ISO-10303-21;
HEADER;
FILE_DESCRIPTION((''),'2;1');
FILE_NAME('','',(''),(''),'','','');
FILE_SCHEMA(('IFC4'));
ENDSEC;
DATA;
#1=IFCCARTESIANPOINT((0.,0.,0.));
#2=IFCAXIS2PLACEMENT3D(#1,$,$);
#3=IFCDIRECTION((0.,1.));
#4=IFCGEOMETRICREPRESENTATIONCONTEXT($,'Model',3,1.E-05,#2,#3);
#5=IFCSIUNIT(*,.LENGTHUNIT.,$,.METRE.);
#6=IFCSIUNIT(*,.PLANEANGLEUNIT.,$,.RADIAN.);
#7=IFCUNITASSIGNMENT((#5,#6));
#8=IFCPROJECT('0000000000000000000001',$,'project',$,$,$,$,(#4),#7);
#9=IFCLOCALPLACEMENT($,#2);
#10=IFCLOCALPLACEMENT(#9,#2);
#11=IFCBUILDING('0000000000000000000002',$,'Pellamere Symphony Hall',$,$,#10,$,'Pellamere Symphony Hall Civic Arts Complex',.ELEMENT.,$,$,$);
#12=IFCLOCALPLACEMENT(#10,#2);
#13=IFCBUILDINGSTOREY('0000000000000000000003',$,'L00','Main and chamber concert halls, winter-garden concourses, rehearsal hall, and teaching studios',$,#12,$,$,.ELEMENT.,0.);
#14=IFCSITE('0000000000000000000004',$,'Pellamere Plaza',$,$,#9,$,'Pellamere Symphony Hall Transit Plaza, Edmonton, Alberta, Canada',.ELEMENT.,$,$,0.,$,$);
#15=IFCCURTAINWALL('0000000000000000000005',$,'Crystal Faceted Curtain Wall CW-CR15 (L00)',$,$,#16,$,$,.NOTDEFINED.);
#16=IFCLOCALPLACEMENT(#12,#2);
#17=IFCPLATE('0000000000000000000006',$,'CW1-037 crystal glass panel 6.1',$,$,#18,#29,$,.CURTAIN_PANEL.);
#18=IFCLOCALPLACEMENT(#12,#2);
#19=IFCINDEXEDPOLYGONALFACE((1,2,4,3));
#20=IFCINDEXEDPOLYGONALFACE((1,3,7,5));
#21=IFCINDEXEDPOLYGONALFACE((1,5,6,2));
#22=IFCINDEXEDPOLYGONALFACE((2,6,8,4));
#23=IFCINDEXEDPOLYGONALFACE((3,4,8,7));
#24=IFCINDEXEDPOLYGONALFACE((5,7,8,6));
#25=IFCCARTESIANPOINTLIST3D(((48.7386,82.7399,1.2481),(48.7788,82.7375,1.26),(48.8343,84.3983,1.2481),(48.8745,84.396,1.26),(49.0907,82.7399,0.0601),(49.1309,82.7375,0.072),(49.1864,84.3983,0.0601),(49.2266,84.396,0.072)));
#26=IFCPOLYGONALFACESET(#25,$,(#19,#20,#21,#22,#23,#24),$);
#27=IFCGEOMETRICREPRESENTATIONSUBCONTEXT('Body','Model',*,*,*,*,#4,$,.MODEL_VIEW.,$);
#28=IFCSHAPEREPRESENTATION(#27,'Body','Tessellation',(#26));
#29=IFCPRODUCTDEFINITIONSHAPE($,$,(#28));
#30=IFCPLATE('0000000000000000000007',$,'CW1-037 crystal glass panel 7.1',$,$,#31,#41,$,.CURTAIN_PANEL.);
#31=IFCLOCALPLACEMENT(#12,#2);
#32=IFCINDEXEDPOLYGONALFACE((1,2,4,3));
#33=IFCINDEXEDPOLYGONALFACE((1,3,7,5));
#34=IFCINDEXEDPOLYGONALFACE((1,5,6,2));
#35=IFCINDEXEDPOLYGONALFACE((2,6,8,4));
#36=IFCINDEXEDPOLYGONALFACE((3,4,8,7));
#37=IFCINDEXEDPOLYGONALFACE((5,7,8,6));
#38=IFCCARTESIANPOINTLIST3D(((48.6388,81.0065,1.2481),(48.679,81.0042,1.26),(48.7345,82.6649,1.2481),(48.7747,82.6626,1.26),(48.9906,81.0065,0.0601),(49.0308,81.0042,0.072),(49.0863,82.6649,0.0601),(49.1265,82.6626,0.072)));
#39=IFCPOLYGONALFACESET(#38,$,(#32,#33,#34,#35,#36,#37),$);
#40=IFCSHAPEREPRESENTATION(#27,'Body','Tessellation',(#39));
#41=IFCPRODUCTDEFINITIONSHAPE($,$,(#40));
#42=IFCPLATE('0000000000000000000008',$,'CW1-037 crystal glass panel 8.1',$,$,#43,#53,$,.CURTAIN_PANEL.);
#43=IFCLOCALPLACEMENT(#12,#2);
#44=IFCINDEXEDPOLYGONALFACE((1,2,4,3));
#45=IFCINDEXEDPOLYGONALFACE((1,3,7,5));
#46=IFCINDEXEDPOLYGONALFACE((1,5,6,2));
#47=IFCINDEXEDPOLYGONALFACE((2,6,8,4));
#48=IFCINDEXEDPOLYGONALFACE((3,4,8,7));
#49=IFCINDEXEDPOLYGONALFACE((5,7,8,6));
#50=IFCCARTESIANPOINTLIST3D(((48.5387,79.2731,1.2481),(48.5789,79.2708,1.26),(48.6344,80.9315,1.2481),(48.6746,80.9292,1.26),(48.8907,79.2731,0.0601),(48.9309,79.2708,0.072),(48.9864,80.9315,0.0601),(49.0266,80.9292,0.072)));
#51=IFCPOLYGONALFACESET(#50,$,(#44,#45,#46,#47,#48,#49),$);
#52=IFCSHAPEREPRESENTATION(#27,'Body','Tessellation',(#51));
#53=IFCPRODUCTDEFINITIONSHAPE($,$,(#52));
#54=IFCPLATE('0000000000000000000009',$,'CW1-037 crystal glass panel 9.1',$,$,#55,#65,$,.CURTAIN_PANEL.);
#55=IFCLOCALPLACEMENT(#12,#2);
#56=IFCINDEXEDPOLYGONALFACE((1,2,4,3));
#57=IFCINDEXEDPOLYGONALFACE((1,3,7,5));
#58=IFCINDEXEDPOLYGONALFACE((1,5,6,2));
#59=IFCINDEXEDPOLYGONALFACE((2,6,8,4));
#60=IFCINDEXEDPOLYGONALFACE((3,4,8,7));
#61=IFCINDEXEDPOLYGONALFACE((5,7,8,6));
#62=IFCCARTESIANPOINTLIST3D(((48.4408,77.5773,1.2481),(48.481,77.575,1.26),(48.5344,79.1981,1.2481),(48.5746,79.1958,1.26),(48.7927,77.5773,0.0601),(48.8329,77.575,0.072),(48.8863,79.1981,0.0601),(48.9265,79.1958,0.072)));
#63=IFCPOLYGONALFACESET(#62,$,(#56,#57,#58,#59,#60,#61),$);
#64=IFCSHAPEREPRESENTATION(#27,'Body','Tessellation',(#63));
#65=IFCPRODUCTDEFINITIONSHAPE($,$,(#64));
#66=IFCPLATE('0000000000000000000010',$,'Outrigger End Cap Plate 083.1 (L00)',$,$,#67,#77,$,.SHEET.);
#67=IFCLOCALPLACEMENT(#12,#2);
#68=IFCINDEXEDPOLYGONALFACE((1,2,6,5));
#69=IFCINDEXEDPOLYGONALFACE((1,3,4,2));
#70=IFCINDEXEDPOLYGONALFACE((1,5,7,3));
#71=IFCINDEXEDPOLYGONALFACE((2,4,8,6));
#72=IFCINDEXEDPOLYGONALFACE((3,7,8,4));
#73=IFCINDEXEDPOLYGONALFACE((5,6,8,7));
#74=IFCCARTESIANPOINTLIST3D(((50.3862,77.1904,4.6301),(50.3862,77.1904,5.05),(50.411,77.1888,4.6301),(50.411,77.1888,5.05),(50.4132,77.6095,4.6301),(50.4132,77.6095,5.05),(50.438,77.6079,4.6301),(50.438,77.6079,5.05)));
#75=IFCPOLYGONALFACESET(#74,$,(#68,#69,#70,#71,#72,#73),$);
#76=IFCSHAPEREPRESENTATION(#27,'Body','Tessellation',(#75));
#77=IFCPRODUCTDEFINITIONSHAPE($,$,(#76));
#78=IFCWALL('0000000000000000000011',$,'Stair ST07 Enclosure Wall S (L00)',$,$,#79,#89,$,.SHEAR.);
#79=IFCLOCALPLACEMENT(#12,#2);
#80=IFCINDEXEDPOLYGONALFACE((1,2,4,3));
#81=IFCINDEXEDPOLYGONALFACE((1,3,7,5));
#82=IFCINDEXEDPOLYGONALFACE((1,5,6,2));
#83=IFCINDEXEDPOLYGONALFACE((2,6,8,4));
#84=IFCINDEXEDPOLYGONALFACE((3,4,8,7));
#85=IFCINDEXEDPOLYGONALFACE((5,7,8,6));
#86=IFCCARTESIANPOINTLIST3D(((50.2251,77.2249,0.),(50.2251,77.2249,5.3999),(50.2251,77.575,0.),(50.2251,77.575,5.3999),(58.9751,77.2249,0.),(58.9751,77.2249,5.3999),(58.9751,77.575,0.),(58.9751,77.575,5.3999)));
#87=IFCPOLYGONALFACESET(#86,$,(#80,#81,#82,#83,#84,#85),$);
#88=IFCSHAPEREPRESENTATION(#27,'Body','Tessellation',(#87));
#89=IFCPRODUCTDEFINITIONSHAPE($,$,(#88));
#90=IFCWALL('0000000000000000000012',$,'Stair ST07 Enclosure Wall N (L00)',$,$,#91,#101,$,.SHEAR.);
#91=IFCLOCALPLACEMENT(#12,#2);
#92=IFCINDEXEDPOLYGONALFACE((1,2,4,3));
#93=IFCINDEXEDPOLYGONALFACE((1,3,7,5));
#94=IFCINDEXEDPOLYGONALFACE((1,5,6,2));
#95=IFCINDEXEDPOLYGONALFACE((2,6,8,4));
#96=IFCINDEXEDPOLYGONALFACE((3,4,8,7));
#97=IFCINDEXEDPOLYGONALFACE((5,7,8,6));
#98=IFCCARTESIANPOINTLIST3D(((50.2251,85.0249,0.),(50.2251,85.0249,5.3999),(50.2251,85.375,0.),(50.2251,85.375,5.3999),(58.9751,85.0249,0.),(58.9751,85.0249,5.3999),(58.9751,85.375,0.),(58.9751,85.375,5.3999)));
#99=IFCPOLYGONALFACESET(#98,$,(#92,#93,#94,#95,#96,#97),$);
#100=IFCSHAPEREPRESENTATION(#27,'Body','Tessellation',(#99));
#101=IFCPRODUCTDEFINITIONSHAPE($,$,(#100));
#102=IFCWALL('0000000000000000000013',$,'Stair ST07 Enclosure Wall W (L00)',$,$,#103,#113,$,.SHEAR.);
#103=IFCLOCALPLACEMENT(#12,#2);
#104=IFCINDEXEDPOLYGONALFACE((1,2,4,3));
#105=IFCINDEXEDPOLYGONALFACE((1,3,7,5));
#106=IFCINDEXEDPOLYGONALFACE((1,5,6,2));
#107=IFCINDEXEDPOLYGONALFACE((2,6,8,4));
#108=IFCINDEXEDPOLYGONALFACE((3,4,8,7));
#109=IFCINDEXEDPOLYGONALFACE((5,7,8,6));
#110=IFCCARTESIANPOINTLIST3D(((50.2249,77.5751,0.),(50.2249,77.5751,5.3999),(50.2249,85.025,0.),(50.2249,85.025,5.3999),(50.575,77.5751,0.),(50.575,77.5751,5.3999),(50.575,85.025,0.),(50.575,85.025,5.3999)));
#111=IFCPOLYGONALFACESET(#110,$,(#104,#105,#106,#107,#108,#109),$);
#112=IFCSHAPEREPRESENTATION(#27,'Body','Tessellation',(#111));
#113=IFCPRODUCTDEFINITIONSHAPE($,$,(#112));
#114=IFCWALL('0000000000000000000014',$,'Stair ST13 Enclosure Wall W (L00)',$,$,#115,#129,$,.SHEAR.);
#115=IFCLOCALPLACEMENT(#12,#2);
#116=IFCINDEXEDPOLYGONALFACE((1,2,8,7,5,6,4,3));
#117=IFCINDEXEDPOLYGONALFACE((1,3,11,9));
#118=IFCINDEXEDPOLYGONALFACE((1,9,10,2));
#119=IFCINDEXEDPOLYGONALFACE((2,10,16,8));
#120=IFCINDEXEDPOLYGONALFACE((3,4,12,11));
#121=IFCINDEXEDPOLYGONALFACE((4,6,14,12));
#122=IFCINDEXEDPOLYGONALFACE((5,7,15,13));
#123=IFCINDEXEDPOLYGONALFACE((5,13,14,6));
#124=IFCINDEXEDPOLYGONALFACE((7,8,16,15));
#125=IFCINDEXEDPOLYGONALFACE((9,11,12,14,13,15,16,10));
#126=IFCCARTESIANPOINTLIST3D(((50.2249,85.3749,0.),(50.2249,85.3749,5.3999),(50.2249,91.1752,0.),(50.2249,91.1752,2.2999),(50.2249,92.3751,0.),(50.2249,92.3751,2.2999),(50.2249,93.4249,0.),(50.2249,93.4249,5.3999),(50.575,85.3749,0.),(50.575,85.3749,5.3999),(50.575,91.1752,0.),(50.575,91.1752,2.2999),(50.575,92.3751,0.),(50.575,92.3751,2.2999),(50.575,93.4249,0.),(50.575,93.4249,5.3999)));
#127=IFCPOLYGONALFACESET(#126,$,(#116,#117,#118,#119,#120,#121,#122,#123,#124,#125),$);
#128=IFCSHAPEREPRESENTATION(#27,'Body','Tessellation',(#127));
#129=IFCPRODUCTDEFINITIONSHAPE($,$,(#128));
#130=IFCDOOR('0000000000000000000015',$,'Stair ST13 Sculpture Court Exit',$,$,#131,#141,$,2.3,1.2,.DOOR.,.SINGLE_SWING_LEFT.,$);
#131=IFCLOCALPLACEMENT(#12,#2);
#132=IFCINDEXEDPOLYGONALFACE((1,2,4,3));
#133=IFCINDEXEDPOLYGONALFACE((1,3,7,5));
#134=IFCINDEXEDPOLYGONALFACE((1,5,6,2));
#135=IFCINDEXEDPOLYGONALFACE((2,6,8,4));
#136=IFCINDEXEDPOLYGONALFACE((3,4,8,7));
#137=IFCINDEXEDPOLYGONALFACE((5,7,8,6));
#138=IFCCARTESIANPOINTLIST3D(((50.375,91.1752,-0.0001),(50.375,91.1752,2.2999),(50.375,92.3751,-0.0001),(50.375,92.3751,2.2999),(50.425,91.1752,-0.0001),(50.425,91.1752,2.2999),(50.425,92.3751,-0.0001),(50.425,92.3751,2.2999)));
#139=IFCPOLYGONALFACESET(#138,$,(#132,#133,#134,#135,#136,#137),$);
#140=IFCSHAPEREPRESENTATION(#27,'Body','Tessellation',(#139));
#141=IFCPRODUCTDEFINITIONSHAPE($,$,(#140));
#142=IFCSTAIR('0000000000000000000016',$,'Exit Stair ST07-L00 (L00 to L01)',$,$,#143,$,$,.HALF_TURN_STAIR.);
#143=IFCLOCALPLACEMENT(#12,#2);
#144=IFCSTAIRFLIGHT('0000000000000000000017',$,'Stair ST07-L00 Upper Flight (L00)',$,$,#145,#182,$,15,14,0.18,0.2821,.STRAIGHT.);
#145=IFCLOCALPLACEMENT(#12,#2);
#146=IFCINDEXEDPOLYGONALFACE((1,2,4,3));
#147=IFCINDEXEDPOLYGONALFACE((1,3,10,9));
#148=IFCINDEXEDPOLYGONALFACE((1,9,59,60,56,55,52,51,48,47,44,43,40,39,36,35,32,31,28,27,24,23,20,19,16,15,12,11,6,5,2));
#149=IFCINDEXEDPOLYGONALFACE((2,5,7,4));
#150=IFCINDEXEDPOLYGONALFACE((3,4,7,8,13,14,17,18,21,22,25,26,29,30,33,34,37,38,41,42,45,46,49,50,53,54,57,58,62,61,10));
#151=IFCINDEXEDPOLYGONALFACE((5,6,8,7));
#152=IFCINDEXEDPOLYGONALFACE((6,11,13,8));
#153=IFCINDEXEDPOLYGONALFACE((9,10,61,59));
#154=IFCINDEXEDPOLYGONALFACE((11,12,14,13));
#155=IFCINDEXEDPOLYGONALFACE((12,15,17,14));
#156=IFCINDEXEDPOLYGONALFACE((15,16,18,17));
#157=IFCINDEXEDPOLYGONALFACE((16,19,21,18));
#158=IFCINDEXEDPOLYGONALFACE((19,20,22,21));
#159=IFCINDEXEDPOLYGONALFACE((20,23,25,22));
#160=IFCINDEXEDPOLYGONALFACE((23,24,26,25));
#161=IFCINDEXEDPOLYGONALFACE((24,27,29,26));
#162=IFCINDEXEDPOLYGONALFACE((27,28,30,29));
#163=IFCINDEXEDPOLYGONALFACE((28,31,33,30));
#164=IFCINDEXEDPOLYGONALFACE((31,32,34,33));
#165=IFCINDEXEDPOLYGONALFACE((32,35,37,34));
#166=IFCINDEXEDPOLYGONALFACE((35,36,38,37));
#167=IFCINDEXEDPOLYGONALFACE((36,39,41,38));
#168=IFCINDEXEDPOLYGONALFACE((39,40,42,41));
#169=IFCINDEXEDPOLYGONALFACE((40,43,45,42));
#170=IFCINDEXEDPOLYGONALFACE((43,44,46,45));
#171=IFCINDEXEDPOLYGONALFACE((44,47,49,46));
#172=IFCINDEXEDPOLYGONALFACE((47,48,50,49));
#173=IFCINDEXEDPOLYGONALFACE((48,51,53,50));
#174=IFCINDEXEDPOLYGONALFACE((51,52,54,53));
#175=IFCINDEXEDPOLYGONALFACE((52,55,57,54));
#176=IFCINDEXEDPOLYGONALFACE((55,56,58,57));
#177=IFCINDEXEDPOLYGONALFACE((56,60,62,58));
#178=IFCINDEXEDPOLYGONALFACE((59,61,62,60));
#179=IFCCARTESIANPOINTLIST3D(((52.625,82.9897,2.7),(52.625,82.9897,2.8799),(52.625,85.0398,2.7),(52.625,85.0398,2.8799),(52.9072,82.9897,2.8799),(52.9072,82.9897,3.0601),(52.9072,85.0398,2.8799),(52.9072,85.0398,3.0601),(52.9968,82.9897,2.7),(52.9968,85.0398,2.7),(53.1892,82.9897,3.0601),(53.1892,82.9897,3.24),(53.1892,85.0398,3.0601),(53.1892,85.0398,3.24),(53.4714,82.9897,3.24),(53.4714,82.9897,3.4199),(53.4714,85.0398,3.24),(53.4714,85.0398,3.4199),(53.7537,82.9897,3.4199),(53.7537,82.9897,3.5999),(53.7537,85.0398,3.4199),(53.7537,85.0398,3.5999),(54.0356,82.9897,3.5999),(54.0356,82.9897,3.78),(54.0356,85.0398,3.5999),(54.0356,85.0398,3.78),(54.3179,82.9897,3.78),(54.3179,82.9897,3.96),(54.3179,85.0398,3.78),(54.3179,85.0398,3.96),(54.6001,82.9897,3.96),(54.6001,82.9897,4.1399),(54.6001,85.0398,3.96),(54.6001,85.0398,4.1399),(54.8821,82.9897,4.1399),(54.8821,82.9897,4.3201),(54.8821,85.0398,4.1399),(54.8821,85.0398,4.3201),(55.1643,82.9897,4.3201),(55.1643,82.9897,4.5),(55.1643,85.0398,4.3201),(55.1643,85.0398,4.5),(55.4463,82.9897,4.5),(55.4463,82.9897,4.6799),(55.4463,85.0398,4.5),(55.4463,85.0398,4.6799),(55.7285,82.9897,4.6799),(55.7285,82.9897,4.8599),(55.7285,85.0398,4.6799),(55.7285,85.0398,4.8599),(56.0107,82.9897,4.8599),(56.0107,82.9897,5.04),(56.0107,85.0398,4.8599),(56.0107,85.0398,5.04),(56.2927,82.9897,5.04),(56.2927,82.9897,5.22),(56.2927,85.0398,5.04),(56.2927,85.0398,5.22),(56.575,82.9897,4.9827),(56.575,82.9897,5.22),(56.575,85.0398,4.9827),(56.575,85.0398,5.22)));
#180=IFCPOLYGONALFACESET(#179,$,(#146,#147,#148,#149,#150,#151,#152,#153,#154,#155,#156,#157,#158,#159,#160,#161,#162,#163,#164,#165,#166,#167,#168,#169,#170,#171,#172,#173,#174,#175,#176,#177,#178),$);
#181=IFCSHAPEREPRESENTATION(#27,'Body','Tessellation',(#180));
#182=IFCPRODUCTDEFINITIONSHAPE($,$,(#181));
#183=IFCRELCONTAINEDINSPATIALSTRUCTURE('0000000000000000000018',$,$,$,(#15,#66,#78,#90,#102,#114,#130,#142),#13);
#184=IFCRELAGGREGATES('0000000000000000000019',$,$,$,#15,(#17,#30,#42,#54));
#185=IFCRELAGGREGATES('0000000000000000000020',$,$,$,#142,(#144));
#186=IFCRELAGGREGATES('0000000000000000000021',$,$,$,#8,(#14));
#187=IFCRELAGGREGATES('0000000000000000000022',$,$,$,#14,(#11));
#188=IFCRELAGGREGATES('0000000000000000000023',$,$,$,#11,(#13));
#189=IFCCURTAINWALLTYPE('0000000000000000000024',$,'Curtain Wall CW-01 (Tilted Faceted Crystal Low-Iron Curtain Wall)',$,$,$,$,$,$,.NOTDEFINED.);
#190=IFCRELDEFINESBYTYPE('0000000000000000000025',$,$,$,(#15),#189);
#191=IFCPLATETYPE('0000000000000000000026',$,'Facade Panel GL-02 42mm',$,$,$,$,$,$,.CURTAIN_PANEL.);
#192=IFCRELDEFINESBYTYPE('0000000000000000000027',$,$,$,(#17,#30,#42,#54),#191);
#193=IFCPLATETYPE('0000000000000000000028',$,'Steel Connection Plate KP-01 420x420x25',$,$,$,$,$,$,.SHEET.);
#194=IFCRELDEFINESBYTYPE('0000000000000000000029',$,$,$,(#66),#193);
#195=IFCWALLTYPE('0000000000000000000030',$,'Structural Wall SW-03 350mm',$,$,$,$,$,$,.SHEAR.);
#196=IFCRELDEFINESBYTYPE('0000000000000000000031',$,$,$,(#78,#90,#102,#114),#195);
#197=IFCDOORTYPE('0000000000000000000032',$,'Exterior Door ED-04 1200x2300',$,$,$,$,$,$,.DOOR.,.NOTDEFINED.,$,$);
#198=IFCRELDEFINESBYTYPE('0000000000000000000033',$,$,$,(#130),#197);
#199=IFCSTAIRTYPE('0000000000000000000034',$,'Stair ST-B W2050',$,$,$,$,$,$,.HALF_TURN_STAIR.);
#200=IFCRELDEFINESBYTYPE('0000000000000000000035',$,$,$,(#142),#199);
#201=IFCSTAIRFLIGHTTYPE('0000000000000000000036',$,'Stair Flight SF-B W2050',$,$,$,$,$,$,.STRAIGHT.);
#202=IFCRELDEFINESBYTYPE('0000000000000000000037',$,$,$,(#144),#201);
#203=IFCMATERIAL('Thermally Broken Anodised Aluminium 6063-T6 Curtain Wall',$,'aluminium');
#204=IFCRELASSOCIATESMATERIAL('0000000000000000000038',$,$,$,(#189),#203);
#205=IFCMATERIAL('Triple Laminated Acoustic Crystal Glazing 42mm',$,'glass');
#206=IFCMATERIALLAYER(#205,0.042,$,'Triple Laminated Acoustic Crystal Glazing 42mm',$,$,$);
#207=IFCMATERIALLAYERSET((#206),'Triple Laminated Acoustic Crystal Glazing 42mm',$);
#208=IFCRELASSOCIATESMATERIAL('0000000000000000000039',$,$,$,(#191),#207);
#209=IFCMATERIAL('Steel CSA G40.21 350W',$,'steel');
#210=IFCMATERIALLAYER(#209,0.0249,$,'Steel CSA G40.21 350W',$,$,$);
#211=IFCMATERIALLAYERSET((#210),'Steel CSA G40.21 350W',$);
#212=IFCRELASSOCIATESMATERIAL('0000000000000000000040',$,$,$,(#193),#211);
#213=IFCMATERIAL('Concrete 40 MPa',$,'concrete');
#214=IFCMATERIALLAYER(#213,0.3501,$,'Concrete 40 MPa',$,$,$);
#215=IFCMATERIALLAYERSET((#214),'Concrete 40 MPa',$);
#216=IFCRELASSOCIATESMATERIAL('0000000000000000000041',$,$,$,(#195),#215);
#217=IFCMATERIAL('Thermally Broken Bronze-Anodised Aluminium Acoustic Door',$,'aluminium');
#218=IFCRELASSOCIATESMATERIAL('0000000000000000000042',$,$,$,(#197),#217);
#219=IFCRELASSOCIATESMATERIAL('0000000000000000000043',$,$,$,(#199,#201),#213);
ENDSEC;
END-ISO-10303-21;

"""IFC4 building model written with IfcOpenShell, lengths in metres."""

from ifc_helpers import new_model, si_unit, direction, frame, frame_2d, origin, origin_2d, place, context, subcontext, project, spatial, polyline, rectangle, outline, extrude, material, layer, layer_set, type_object, element, fill, aggregate, save


model = new_model("IFC4")

# Units and contexts
model_context = context("Model", 3, precision=1e-05, world=origin(), true_north=direction((0.0, 1.0)))
body_context = subcontext(model_context, "Body", "Model", "MODEL_VIEW")
ifc_project = project(units=[si_unit("LENGTHUNIT", "METRE"), si_unit("PLANEANGLEUNIT", "RADIAN")], contexts=[model_context])

# Site, building, storey
site_placement = place(None, origin())
site = spatial("IfcSite", under=ifc_project, at=site_placement, Name="Pellamere Plaza", LongName="Pellamere Symphony Hall Transit Plaza, Edmonton, Alberta, Canada", CompositionType="ELEMENT", RefElevation=0.0)
building_placement = place(site_placement, origin())
building = spatial("IfcBuilding", under=site, at=building_placement, Name="Pellamere Symphony Hall", LongName="Pellamere Symphony Hall Civic Arts Complex", CompositionType="ELEMENT")
storey_placement = place(building_placement, origin())
storey = spatial("IfcBuildingStorey", under=building, at=storey_placement, Name="L00", Description="Main and chamber concert halls, winter-garden concourses, rehearsal hall, and teaching studios", CompositionType="ELEMENT", Elevation=0.0)

# Shared definitions
ifc_material_1 = material(Name="Concrete 40 MPa", Category="concrete")

# Curtain wall
ifc_material_2 = material(Name="Thermally Broken Anodised Aluminium 6063-T6 Curtain Wall", Category="aluminium")
curtain_wall_type = type_object("IfcCurtainWallType", Name="Curtain Wall CW-01 (Tilted Faceted Crystal Low-Iron Curtain Wall)", PredefinedType="NOTDEFINED", material=ifc_material_2)
curtain_wall_1_placement = place(storey_placement, origin())
curtain_wall_1 = element("IfcCurtainWall", 1, at=curtain_wall_1_placement, inside=storey, type_object=curtain_wall_type, Name="Crystal Faceted Curtain Wall CW-CR15 (L00)", PredefinedType="NOTDEFINED")

# Shared definitions
ifc_material_3 = material(Name="Steel CSA G40.21 350W", Category="steel")

# Plates
ifc_material_4 = material(Name="Triple Laminated Acoustic Crystal Glazing 42mm", Category="glass")
ifc_layer_1 = layer(ifc_material_4, 0.042, Name="Triple Laminated Acoustic Crystal Glazing 42mm")
ifc_layer_set_1 = layer_set([ifc_layer_1], Name="Triple Laminated Acoustic Crystal Glazing 42mm")
plate_type_1 = type_object("IfcPlateType", Name="Facade Panel GL-02 42mm", PredefinedType="CURTAIN_PANEL", material=ifc_layer_set_1)
plate_1_placement = place(storey_placement, frame((49.2266, 84.396, 0.072), z_axis=(0.957322, -0.055244, 0.283695), x_axis=(-0.057611, -0.998339, 0.0)))
plate_1 = element("IfcPlate", 2, at=plate_1_placement, type_object=plate_type_1, Name="CW1-037 crystal glass panel 6.1", PredefinedType="CURTAIN_PANEL", context=body_context, shape_type="SweptSolid", body=[
    extrude(outline(polyline([(0.0, 0.0), (1.6612, 0.0), (1.6815, -1.2389), (0.0203, -1.2389), (0.0, 0.0)])), origin(), (0.0, 0.0, -1.0), 0.042),
])
plate_2_placement = place(storey_placement, frame((49.1265, 82.6626, 0.072), z_axis=(0.957375, -0.055247, 0.283514), x_axis=(-0.057611, -0.998339, 0.0)))
plate_2 = element("IfcPlate", 3, at=plate_2_placement, type_object=plate_type_1, Name="CW1-037 crystal glass panel 7.1", PredefinedType="CURTAIN_PANEL", context=body_context, shape_type="SweptSolid", body=[
    extrude(outline(polyline([(0.0, 0.0), (1.6612, 0.0), (1.6815, -1.2388), (0.0203, -1.2388), (0.0, 0.0)])), origin(), (0.0, 0.0, -1.0), 0.042),
])
plate_3_placement = place(storey_placement, frame((49.0266, 80.9292, 0.072), z_axis=(0.957322, -0.055244, 0.283695), x_axis=(-0.057611, -0.998339, 0.0)))
plate_3 = element("IfcPlate", 4, at=plate_3_placement, type_object=plate_type_1, Name="CW1-037 crystal glass panel 8.1", PredefinedType="CURTAIN_PANEL", context=body_context, shape_type="SweptSolid", body=[
    extrude(outline(polyline([(0.0, 0.0), (1.6612, 0.0), (1.6815, -1.2389), (0.0203, -1.2389), (0.0, 0.0)])), origin(), (0.0, 0.0, -1.0), 0.042),
])
plate_4_placement = place(storey_placement, frame((48.9265, 79.1958, 0.072), z_axis=(0.957346, -0.055301, 0.283603), x_axis=(-0.057663, -0.998336, -0.00002)))
plate_4 = element("IfcPlate", 5, at=plate_4_placement, type_object=plate_type_1, Name="CW1-037 crystal glass panel 9.1", PredefinedType="CURTAIN_PANEL", context=body_context, shape_type="SweptSolid", body=[
    extrude(outline(polyline([(0.0, 0.0), (1.6235, 0.0), (1.6438, -1.2389), (0.0203, -1.2388), (0.0, 0.0)])), origin(), (0.0, 0.0, -1.0), 0.042),
])
aggregate(curtain_wall_1, [plate_1, plate_2, plate_3, plate_4])
ifc_layer_2 = layer(ifc_material_3, 0.0249, Name="Steel CSA G40.21 350W")
ifc_layer_set_2 = layer_set([ifc_layer_2], Name="Steel CSA G40.21 350W")
plate_type_2 = type_object("IfcPlateType", Name="Steel Connection Plate KP-01 420x420x25", PredefinedType="SHEET", material=ifc_layer_set_2)
plate_5_placement = place(storey_placement, frame((50.4121, 77.3992, 4.6301), z_axis=(0.0, 0.0, 1.0), x_axis=(-0.997927, 0.064358, 0.0)))
element("IfcPlate", 6, at=plate_5_placement, inside=storey, type_object=plate_type_2, Name="Outrigger End Cap Plate 083.1 (L00)", PredefinedType="SHEET", context=body_context, shape_type="SweptSolid", body=[
    extrude(rectangle(XDim=0.0249, YDim=0.4199, at=origin_2d()), origin(), (0.0, 0.0, 1.0), 0.4199),
])

# Walls
ifc_layer_3 = layer(ifc_material_1, 0.3501, Name="Concrete 40 MPa")
ifc_layer_set_3 = layer_set([ifc_layer_3], Name="Concrete 40 MPa")
wall_type = type_object("IfcWallType", Name="Structural Wall SW-03 350mm", PredefinedType="SHEAR", material=ifc_layer_set_3)
for number, where, z_axis, x_axis, name in (
    (7, (50.2251, 77.3999, 0.0), (0.0, 0.0, 1.0), (1.0, 0.0, 0.0), "Stair ST07 Enclosure Wall S (L00)"),
    (8, (50.2251, 85.2, 0.0), (0.0, 0.0, 1.0), (1.0, 0.0, 0.0), "Stair ST07 Enclosure Wall N (L00)"),
):
    element("IfcWall", number, at=place(storey_placement, frame(where, z_axis=z_axis, x_axis=x_axis)), inside=storey, type_object=wall_type, Name=name, PredefinedType="SHEAR", context=body_context, shape_type="SweptSolid", body=[
        extrude(rectangle(XDim=8.75, YDim=0.3501, at=frame_2d((4.375, 0.0))), origin(), (0.0, 0.0, 1.0), 5.3999),
    ])
wall_1_placement = place(storey_placement, frame((50.3999, 77.575, 0.0), z_axis=(0.0, 0.0, 1.0), x_axis=(0.0, 1.0, 0.0)))
element("IfcWall", 9, at=wall_1_placement, inside=storey, type_object=wall_type, Name="Stair ST07 Enclosure Wall W (L00)", PredefinedType="SHEAR", context=body_context, shape_type="SweptSolid", body=[
    extrude(rectangle(XDim=7.45, YDim=0.3501, at=frame_2d((3.7251, 0.0))), origin(), (0.0, 0.0, 1.0), 5.3999),
])

# Wall, opening, door
wall_2_placement = place(storey_placement, frame((50.3999, 85.375, 0.0), z_axis=(0.0, 0.0, 1.0), x_axis=(0.0, 1.0, 0.0)))
wall_2 = element("IfcWall", 10, at=wall_2_placement, inside=storey, type_object=wall_type, Name="Stair ST13 Enclosure Wall W (L00)", PredefinedType="SHEAR", context=body_context, shape_type="SweptSolid", body=[
    extrude(rectangle(XDim=8.05, YDim=0.3501, at=frame_2d((4.0249, 0.0))), origin(), (0.0, 0.0, 1.0), 5.3999),
])
opening_placement = place(wall_2_placement, frame((5.8, 0.0, 0.0)))
opening = element("IfcOpeningElement", 11, at=opening_placement, cuts=wall_2, PredefinedType="OPENING", context=body_context, shape_type="SweptSolid", body=[
    extrude(rectangle(XDim=1.2, YDim=2.3, at=frame_2d((0.6001, 1.1499))), frame((0.0, 0.1851, 0.0), z_axis=(0.0, -1.0, 0.0), x_axis=(1.0, 0.0, 0.0)), (0.0, 0.0, 1.0), 0.3701),
])
ifc_material_5 = material(Name="Thermally Broken Bronze-Anodised Aluminium Acoustic Door", Category="aluminium")
door_type = type_object("IfcDoorType", Name="Exterior Door ED-04 1200x2300", OperationType="NOTDEFINED", PredefinedType="DOOR", material=ifc_material_5)
door_placement = place(opening_placement, origin())
door = element("IfcDoor", 12, at=door_placement, inside=storey, type_object=door_type, Name="Stair ST13 Sculpture Court Exit", OperationType="SINGLE_SWING_LEFT", OverallHeight=2.3, OverallWidth=1.2, PredefinedType="DOOR", context=body_context, shape_type="SweptSolid", body=[
    extrude(rectangle(XDim=1.2, YDim=2.3, at=frame_2d((0.6001, 1.1499))), frame((0.0, 0.0249, 0.0), z_axis=(0.0, -1.0, 0.0), x_axis=(1.0, 0.0, 0.0)), (0.0, 0.0, 1.0), 0.05),
])
fill(opening, door)

# Stair, stair flight
stair_type = type_object("IfcStairType", Name="Stair ST-B W2050", PredefinedType="HALF_TURN_STAIR", material=ifc_material_1)
stair_placement = place(storey_placement, origin())
stair = element("IfcStair", 13, at=stair_placement, inside=storey, type_object=stair_type, Name="Exit Stair ST07-L00 (L00 to L01)", PredefinedType="HALF_TURN_STAIR")
stair_flight_type = type_object("IfcStairFlightType", Name="Stair Flight SF-B W2050", PredefinedType="STRAIGHT", material=ifc_material_1)
stair_flight_placement = place(storey_placement, frame((52.625, 84.0149, 2.7), z_axis=(0.0, 0.0, 1.0), x_axis=(1.0, 0.0, 0.0)))
stair_flight = element("IfcStairFlight", 14, at=stair_flight_placement, type_object=stair_flight_type, Name="Stair ST07-L00 Upper Flight (L00)", NumberOfRisers=15, NumberOfTreads=14, PredefinedType="STRAIGHT", RiserHeight=0.18, TreadLength=0.2821, context=body_context, shape_type="SweptSolid", body=[
    extrude(outline(polyline([(0.0, 0.0), (0.0, 0.1799), (0.2822, 0.1799), (0.2822, 0.3601), (0.5642, 0.3601), (0.5642, 0.54), (0.8464, 0.54), (0.8464, 0.72), (1.1287, 0.72), (1.1287, 0.8999), (1.4106, 0.8999), (1.4106, 1.0801), (1.6929, 1.0801), (1.6929, 1.26), (1.9751, 1.26), (1.9751, 1.4399), (2.2571, 1.4399), (2.2571, 1.6201), (2.5393, 1.6201), (2.5393, 1.8), (2.8213, 1.8), (2.8213, 1.98), (3.1035, 1.98), (3.1035, 2.1599), (3.3857, 2.1599), (3.3857, 2.3401), (3.6677, 2.3401), (3.6677, 2.52), (3.95, 2.52), (3.95, 2.7), (3.95, 2.2827), (0.3718, 0.0), (0.0, 0.0)])), frame((0.0, 1.0249, 0.0), z_axis=(0.0, -1.0, 0.0), x_axis=(1.0, 0.0, 0.0)), (0.0, 0.0, 1.0), 2.05),
])
aggregate(stair, [stair_flight])

save(model, "model.ifc")
